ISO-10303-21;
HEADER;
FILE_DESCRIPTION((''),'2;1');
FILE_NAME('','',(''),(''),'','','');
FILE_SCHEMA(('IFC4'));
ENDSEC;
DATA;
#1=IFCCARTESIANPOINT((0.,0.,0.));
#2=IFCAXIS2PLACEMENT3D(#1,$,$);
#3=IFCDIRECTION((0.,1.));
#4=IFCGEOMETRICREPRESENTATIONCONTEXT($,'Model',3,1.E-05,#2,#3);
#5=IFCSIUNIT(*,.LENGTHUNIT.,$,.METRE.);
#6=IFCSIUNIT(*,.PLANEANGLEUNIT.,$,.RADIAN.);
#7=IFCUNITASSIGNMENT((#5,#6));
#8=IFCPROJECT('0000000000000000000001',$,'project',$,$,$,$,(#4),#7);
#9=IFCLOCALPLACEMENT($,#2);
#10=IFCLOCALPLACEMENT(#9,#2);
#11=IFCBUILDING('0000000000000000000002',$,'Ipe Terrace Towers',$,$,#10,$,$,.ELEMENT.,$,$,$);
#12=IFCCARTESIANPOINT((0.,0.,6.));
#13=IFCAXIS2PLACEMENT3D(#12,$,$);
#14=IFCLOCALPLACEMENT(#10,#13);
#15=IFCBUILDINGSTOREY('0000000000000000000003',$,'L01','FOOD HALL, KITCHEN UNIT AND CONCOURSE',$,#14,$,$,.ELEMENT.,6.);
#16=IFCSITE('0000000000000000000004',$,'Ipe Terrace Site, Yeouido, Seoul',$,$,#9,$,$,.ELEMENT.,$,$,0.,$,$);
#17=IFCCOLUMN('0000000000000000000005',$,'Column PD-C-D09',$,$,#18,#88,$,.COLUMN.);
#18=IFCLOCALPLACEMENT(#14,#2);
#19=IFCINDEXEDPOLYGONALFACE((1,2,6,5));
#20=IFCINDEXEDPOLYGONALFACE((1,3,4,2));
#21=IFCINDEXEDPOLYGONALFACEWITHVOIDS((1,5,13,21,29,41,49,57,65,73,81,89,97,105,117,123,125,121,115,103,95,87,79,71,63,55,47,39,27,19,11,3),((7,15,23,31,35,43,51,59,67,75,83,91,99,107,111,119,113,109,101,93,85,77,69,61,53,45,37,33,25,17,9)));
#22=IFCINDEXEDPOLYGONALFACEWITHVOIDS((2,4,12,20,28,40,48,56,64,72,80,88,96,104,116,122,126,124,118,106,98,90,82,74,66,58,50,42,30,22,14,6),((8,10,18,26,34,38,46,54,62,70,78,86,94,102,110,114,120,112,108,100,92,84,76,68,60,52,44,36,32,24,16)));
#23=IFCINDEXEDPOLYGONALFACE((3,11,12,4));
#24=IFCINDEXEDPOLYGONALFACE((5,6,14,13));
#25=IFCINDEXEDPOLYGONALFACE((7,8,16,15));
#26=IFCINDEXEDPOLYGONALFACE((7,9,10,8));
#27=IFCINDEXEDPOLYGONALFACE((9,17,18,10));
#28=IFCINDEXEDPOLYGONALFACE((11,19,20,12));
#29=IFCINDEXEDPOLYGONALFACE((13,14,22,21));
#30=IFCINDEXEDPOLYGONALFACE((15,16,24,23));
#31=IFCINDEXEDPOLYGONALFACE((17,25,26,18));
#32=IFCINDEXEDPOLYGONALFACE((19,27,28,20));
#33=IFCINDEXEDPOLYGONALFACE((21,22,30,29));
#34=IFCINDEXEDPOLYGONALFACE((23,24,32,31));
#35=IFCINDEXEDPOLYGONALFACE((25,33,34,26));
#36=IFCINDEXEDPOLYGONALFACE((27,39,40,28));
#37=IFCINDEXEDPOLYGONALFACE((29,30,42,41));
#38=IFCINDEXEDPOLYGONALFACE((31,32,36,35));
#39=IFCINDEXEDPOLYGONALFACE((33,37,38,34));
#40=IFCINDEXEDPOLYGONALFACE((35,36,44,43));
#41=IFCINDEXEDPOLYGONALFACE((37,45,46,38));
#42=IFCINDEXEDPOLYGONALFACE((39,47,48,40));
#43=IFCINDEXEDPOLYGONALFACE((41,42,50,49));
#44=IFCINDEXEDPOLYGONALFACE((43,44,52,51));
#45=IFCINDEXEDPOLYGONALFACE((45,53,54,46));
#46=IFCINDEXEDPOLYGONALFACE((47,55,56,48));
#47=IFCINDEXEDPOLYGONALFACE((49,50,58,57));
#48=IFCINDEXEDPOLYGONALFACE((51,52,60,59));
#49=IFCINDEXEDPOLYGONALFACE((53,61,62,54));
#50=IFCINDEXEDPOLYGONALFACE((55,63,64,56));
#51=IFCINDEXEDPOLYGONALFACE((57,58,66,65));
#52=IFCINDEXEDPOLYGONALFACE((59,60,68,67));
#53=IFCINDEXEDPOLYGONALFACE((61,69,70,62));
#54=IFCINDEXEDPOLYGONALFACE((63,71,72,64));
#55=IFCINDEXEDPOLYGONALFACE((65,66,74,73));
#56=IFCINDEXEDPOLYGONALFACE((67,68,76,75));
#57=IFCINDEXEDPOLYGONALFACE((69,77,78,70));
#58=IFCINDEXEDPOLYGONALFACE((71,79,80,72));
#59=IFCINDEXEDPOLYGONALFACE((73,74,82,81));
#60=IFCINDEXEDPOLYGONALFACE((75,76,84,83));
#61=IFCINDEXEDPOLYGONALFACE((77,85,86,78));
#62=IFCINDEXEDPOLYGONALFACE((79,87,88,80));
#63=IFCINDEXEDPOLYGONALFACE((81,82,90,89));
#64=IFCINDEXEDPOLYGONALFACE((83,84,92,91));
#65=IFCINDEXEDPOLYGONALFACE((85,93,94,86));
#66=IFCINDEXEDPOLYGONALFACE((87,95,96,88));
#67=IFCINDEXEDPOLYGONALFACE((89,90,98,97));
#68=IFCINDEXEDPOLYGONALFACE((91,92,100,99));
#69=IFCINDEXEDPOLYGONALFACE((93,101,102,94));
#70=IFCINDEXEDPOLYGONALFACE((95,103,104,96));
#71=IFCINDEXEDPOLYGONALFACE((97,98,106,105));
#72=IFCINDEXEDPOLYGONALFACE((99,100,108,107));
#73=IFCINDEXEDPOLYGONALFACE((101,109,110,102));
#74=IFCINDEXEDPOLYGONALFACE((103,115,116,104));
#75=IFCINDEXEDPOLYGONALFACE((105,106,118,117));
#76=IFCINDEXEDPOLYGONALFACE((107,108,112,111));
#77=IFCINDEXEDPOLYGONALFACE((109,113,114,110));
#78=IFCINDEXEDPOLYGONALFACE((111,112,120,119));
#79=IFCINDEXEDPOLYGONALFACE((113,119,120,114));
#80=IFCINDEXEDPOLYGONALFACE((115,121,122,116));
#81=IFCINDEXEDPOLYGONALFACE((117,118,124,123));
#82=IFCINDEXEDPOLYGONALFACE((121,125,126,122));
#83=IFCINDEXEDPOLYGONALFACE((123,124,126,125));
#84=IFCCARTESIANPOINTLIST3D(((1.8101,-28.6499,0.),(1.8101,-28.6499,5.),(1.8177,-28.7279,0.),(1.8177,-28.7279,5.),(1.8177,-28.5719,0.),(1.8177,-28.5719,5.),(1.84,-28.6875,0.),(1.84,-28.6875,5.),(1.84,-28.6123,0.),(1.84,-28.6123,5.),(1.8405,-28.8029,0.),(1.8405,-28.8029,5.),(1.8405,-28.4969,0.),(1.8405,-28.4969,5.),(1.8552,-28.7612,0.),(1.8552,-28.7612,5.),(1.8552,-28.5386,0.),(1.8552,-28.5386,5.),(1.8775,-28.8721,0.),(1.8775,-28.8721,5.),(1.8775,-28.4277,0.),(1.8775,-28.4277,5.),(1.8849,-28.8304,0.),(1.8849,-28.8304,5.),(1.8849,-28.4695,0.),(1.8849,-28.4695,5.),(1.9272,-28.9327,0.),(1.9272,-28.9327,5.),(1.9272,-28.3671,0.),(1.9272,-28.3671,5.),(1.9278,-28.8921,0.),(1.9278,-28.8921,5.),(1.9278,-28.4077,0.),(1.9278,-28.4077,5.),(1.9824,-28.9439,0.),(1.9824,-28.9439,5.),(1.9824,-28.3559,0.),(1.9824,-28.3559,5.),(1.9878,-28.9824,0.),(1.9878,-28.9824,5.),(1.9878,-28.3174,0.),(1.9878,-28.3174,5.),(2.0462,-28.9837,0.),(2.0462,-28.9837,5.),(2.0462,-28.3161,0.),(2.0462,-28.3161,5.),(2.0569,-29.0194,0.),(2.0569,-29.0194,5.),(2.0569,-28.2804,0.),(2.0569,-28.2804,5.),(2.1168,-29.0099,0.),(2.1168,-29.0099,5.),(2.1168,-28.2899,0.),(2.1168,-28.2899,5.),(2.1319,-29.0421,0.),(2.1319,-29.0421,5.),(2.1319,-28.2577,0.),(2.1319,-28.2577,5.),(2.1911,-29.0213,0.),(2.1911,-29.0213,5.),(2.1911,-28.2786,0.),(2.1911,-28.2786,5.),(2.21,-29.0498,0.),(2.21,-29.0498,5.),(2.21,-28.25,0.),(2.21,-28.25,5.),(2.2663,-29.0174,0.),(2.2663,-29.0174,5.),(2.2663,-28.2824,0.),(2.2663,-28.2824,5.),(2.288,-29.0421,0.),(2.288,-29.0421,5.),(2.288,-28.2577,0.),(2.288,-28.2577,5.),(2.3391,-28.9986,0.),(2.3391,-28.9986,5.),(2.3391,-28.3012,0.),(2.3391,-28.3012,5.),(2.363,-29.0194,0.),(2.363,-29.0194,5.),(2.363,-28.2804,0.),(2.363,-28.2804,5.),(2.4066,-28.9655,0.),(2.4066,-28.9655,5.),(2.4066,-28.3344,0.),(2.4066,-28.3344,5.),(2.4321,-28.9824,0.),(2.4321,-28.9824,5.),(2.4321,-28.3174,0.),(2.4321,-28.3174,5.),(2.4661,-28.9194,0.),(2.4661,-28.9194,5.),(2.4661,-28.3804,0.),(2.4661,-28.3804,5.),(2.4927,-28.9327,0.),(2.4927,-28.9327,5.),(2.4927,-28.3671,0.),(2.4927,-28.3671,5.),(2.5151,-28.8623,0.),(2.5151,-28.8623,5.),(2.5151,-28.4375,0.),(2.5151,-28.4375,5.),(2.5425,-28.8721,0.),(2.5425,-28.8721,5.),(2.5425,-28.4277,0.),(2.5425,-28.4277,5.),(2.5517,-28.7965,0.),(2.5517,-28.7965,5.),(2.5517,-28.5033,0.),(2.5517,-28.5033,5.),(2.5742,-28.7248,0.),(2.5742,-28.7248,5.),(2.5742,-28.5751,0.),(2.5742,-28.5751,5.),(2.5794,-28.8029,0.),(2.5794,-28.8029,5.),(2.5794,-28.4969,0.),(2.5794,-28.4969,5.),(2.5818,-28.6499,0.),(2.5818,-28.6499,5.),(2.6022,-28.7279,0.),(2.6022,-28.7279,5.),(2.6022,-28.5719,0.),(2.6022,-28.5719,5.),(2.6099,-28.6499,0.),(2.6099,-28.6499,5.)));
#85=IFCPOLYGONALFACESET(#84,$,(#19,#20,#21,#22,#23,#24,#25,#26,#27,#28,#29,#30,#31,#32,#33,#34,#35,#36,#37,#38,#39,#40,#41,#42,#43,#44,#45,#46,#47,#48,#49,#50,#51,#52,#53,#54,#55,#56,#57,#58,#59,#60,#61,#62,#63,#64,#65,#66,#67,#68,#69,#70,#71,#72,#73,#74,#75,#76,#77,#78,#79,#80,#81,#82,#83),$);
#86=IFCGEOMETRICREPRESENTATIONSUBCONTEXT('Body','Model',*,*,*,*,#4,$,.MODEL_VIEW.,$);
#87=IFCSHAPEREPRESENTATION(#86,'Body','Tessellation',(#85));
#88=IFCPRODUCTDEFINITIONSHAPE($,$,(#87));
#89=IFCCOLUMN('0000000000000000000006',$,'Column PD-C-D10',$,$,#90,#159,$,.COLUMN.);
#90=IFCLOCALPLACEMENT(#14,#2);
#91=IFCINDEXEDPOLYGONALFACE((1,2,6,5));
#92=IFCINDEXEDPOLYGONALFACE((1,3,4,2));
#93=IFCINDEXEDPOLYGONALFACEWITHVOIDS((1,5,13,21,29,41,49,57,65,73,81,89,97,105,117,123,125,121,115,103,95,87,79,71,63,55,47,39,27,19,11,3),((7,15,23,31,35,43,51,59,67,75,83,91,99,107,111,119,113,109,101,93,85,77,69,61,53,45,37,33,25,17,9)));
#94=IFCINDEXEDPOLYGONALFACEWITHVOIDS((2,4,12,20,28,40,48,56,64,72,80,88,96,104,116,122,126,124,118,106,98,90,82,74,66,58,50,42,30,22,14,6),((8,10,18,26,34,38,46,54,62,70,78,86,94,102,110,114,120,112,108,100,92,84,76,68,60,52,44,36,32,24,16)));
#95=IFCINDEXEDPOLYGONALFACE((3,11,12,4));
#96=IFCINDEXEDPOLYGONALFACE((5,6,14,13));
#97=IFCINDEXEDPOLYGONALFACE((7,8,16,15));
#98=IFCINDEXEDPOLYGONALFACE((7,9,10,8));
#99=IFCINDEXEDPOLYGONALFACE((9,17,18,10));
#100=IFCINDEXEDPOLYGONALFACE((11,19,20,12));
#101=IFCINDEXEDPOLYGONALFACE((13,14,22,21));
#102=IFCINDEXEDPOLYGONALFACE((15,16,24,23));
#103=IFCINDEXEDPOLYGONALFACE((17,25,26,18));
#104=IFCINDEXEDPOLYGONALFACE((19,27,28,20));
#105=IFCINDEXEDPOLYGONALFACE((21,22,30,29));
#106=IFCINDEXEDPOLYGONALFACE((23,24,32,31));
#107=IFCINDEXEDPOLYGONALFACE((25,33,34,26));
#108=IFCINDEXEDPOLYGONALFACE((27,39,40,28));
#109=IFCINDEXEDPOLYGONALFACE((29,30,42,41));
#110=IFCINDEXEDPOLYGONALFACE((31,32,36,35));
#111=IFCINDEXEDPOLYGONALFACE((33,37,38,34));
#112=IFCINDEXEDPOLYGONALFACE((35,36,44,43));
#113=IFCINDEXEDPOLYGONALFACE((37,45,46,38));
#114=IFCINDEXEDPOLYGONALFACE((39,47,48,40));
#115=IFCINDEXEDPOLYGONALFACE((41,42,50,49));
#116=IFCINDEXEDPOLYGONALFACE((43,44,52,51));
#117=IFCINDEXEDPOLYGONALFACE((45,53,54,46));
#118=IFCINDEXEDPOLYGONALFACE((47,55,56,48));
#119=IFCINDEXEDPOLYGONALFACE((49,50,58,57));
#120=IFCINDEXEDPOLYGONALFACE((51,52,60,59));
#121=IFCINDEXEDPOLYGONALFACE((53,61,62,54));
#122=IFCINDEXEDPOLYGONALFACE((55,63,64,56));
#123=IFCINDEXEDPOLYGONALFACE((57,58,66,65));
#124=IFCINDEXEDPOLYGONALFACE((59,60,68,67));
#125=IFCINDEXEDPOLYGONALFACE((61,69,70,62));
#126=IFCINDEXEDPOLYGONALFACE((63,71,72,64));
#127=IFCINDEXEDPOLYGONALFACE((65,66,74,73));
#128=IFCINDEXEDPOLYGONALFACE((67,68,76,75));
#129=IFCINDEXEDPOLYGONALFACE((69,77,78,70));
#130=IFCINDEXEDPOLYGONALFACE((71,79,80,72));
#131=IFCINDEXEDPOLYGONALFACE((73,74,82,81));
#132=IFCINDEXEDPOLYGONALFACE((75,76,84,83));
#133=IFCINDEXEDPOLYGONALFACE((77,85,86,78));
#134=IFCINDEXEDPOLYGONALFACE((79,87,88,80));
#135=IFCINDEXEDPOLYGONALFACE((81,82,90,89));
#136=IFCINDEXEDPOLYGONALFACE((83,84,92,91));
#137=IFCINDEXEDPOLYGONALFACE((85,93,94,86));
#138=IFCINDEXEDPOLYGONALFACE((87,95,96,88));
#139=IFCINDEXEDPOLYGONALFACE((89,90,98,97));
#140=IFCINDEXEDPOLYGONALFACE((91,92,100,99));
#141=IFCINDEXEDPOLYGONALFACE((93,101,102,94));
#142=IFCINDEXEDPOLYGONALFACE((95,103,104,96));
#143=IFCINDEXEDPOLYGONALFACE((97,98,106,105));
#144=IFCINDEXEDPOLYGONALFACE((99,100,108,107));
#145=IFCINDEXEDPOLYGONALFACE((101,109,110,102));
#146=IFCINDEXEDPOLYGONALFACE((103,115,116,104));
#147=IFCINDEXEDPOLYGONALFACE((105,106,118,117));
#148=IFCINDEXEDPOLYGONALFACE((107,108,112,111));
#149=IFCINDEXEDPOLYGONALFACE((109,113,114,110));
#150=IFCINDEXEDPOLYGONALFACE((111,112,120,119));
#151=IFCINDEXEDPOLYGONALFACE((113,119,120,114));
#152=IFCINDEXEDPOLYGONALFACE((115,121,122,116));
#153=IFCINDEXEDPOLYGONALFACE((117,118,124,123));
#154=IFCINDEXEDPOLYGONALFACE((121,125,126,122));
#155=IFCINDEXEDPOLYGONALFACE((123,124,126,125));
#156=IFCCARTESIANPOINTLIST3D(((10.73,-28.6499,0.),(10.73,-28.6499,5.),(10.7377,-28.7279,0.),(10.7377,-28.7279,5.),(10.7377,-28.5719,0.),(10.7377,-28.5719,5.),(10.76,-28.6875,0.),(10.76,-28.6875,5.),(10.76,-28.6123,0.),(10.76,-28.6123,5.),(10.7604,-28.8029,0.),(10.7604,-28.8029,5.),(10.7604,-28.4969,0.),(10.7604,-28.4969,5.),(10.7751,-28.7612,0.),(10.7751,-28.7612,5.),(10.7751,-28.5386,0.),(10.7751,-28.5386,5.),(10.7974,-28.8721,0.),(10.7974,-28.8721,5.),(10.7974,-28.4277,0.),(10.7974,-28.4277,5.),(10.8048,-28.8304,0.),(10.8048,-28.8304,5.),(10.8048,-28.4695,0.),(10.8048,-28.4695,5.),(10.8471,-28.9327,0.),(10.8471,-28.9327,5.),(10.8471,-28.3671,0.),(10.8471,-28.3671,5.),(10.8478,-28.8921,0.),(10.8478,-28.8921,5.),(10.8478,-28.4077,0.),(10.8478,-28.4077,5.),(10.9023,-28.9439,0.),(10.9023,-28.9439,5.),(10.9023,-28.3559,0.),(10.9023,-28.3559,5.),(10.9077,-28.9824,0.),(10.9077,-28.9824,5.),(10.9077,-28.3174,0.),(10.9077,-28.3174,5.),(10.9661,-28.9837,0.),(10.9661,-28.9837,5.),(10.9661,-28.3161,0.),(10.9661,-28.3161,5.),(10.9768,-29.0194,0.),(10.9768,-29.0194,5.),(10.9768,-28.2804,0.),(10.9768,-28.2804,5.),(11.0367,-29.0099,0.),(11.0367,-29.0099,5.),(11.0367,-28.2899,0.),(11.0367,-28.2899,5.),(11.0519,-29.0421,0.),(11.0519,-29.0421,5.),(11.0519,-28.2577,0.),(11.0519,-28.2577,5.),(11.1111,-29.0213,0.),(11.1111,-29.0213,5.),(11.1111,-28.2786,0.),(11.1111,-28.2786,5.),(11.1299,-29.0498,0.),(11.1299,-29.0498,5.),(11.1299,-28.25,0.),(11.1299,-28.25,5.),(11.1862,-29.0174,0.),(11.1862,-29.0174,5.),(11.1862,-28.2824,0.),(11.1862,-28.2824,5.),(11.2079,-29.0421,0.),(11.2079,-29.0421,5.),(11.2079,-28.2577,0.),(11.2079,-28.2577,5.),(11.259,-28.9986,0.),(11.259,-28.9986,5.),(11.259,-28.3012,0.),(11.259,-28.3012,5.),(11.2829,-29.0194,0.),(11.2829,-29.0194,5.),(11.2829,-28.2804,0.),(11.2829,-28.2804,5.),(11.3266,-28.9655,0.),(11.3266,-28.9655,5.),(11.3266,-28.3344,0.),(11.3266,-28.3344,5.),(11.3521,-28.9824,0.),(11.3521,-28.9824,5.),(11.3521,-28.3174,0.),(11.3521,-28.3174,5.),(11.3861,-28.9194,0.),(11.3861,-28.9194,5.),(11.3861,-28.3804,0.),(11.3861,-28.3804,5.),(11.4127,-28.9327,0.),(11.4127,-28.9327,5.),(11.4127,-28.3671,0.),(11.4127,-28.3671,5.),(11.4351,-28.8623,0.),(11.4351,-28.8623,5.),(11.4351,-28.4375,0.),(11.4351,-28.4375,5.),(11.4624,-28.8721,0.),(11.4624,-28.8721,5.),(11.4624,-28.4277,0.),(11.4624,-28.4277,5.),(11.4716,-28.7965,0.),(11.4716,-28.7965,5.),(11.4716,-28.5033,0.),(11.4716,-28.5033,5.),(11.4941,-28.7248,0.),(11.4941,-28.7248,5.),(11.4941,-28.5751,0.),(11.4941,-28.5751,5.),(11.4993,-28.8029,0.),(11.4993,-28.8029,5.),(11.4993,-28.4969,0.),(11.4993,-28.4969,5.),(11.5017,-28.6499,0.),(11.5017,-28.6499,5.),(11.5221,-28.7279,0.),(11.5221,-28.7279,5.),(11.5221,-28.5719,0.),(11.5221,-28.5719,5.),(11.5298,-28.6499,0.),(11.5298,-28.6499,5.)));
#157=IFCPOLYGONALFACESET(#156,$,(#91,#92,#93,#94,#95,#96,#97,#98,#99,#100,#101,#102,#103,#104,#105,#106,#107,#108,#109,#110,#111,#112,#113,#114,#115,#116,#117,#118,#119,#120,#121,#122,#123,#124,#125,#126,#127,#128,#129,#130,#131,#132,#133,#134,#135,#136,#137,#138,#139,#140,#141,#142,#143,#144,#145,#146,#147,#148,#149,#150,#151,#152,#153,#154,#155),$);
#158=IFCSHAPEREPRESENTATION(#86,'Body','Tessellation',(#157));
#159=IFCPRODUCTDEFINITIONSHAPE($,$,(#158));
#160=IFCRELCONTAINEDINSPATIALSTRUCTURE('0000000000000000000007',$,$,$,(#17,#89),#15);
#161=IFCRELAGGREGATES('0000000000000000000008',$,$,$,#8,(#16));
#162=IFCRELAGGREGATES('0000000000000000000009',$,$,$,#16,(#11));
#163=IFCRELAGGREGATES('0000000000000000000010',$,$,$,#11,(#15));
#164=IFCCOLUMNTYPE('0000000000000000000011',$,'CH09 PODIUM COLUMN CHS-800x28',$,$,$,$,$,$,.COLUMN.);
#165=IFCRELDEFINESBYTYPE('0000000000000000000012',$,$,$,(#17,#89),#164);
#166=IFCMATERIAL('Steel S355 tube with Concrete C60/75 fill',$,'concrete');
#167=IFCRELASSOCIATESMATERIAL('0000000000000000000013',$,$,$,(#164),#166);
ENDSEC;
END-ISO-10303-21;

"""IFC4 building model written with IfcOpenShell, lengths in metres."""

from ifc_helpers import new_model, si_unit, direction, frame, origin, origin_2d, place, context, subcontext, project, spatial, hollow_circle, extrude, material, material_profile, profile_set, type_object, element, save


model = new_model("IFC4")

# Units and contexts
model_context = context("Model", 3, precision=1e-05, world=origin(), true_north=direction((0.0, 1.0)))
body_context = subcontext(model_context, "Body", "Model", "MODEL_VIEW")
ifc_project = project(units=[si_unit("LENGTHUNIT", "METRE"), si_unit("PLANEANGLEUNIT", "RADIAN")], contexts=[model_context])

# Site, building, storey
site_placement = place(None, origin())
site = spatial("IfcSite", under=ifc_project, at=site_placement, Name="Ipe Terrace Site, Yeouido, Seoul", CompositionType="ELEMENT", RefElevation=0.0)
building_placement = place(site_placement, origin())
building = spatial("IfcBuilding", under=site, at=building_placement, Name="Ipe Terrace Towers", CompositionType="ELEMENT")
storey_placement = place(building_placement, frame((0.0, 0.0, 6.0)))
storey = spatial("IfcBuildingStorey", under=building, at=storey_placement, Name="L01", Description="FOOD HALL, KITCHEN UNIT AND CONCOURSE", CompositionType="ELEMENT", Elevation=6.0)

# Columns
ifc_material_1 = material(Name="Steel S355 tube with Concrete C60/75 fill", Category="concrete")
ifc_material_profile_1 = material_profile(ifc_material_1, hollow_circle(Radius=0.3999, WallThickness=0.0281, at=origin_2d()), Name="CHS-800x28")
ifc_profile_set_1 = profile_set([ifc_material_profile_1], Name="Steel S355 tube with Concrete C60/75 fill")
column_type = type_object("IfcColumnType", Name="CH09 PODIUM COLUMN CHS-800x28", PredefinedType="COLUMN", material=ifc_profile_set_1)
for number, where, z_axis, x_axis, name in (
    (1, (2.21, -28.6499, 0.0), (0.0, 0.0, 1.0), (1.0, 0.0, 0.0), "Column PD-C-D09"),
    (2, (11.1299, -28.6499, 0.0), (0.0, 0.0, 1.0), (1.0, 0.0, 0.0), "Column PD-C-D10"),
):
    element("IfcColumn", number, at=place(storey_placement, frame(where, z_axis=z_axis, x_axis=x_axis)), inside=storey, type_object=column_type, Name=name, PredefinedType="COLUMN", context=body_context, shape_type="SweptSolid", body=[
        extrude(hollow_circle(Radius=0.3999, WallThickness=0.0281, at=origin_2d()), origin(), (0.0, 0.0, 1.0), 5.0),
    ])

save(model, "model.ifc")
